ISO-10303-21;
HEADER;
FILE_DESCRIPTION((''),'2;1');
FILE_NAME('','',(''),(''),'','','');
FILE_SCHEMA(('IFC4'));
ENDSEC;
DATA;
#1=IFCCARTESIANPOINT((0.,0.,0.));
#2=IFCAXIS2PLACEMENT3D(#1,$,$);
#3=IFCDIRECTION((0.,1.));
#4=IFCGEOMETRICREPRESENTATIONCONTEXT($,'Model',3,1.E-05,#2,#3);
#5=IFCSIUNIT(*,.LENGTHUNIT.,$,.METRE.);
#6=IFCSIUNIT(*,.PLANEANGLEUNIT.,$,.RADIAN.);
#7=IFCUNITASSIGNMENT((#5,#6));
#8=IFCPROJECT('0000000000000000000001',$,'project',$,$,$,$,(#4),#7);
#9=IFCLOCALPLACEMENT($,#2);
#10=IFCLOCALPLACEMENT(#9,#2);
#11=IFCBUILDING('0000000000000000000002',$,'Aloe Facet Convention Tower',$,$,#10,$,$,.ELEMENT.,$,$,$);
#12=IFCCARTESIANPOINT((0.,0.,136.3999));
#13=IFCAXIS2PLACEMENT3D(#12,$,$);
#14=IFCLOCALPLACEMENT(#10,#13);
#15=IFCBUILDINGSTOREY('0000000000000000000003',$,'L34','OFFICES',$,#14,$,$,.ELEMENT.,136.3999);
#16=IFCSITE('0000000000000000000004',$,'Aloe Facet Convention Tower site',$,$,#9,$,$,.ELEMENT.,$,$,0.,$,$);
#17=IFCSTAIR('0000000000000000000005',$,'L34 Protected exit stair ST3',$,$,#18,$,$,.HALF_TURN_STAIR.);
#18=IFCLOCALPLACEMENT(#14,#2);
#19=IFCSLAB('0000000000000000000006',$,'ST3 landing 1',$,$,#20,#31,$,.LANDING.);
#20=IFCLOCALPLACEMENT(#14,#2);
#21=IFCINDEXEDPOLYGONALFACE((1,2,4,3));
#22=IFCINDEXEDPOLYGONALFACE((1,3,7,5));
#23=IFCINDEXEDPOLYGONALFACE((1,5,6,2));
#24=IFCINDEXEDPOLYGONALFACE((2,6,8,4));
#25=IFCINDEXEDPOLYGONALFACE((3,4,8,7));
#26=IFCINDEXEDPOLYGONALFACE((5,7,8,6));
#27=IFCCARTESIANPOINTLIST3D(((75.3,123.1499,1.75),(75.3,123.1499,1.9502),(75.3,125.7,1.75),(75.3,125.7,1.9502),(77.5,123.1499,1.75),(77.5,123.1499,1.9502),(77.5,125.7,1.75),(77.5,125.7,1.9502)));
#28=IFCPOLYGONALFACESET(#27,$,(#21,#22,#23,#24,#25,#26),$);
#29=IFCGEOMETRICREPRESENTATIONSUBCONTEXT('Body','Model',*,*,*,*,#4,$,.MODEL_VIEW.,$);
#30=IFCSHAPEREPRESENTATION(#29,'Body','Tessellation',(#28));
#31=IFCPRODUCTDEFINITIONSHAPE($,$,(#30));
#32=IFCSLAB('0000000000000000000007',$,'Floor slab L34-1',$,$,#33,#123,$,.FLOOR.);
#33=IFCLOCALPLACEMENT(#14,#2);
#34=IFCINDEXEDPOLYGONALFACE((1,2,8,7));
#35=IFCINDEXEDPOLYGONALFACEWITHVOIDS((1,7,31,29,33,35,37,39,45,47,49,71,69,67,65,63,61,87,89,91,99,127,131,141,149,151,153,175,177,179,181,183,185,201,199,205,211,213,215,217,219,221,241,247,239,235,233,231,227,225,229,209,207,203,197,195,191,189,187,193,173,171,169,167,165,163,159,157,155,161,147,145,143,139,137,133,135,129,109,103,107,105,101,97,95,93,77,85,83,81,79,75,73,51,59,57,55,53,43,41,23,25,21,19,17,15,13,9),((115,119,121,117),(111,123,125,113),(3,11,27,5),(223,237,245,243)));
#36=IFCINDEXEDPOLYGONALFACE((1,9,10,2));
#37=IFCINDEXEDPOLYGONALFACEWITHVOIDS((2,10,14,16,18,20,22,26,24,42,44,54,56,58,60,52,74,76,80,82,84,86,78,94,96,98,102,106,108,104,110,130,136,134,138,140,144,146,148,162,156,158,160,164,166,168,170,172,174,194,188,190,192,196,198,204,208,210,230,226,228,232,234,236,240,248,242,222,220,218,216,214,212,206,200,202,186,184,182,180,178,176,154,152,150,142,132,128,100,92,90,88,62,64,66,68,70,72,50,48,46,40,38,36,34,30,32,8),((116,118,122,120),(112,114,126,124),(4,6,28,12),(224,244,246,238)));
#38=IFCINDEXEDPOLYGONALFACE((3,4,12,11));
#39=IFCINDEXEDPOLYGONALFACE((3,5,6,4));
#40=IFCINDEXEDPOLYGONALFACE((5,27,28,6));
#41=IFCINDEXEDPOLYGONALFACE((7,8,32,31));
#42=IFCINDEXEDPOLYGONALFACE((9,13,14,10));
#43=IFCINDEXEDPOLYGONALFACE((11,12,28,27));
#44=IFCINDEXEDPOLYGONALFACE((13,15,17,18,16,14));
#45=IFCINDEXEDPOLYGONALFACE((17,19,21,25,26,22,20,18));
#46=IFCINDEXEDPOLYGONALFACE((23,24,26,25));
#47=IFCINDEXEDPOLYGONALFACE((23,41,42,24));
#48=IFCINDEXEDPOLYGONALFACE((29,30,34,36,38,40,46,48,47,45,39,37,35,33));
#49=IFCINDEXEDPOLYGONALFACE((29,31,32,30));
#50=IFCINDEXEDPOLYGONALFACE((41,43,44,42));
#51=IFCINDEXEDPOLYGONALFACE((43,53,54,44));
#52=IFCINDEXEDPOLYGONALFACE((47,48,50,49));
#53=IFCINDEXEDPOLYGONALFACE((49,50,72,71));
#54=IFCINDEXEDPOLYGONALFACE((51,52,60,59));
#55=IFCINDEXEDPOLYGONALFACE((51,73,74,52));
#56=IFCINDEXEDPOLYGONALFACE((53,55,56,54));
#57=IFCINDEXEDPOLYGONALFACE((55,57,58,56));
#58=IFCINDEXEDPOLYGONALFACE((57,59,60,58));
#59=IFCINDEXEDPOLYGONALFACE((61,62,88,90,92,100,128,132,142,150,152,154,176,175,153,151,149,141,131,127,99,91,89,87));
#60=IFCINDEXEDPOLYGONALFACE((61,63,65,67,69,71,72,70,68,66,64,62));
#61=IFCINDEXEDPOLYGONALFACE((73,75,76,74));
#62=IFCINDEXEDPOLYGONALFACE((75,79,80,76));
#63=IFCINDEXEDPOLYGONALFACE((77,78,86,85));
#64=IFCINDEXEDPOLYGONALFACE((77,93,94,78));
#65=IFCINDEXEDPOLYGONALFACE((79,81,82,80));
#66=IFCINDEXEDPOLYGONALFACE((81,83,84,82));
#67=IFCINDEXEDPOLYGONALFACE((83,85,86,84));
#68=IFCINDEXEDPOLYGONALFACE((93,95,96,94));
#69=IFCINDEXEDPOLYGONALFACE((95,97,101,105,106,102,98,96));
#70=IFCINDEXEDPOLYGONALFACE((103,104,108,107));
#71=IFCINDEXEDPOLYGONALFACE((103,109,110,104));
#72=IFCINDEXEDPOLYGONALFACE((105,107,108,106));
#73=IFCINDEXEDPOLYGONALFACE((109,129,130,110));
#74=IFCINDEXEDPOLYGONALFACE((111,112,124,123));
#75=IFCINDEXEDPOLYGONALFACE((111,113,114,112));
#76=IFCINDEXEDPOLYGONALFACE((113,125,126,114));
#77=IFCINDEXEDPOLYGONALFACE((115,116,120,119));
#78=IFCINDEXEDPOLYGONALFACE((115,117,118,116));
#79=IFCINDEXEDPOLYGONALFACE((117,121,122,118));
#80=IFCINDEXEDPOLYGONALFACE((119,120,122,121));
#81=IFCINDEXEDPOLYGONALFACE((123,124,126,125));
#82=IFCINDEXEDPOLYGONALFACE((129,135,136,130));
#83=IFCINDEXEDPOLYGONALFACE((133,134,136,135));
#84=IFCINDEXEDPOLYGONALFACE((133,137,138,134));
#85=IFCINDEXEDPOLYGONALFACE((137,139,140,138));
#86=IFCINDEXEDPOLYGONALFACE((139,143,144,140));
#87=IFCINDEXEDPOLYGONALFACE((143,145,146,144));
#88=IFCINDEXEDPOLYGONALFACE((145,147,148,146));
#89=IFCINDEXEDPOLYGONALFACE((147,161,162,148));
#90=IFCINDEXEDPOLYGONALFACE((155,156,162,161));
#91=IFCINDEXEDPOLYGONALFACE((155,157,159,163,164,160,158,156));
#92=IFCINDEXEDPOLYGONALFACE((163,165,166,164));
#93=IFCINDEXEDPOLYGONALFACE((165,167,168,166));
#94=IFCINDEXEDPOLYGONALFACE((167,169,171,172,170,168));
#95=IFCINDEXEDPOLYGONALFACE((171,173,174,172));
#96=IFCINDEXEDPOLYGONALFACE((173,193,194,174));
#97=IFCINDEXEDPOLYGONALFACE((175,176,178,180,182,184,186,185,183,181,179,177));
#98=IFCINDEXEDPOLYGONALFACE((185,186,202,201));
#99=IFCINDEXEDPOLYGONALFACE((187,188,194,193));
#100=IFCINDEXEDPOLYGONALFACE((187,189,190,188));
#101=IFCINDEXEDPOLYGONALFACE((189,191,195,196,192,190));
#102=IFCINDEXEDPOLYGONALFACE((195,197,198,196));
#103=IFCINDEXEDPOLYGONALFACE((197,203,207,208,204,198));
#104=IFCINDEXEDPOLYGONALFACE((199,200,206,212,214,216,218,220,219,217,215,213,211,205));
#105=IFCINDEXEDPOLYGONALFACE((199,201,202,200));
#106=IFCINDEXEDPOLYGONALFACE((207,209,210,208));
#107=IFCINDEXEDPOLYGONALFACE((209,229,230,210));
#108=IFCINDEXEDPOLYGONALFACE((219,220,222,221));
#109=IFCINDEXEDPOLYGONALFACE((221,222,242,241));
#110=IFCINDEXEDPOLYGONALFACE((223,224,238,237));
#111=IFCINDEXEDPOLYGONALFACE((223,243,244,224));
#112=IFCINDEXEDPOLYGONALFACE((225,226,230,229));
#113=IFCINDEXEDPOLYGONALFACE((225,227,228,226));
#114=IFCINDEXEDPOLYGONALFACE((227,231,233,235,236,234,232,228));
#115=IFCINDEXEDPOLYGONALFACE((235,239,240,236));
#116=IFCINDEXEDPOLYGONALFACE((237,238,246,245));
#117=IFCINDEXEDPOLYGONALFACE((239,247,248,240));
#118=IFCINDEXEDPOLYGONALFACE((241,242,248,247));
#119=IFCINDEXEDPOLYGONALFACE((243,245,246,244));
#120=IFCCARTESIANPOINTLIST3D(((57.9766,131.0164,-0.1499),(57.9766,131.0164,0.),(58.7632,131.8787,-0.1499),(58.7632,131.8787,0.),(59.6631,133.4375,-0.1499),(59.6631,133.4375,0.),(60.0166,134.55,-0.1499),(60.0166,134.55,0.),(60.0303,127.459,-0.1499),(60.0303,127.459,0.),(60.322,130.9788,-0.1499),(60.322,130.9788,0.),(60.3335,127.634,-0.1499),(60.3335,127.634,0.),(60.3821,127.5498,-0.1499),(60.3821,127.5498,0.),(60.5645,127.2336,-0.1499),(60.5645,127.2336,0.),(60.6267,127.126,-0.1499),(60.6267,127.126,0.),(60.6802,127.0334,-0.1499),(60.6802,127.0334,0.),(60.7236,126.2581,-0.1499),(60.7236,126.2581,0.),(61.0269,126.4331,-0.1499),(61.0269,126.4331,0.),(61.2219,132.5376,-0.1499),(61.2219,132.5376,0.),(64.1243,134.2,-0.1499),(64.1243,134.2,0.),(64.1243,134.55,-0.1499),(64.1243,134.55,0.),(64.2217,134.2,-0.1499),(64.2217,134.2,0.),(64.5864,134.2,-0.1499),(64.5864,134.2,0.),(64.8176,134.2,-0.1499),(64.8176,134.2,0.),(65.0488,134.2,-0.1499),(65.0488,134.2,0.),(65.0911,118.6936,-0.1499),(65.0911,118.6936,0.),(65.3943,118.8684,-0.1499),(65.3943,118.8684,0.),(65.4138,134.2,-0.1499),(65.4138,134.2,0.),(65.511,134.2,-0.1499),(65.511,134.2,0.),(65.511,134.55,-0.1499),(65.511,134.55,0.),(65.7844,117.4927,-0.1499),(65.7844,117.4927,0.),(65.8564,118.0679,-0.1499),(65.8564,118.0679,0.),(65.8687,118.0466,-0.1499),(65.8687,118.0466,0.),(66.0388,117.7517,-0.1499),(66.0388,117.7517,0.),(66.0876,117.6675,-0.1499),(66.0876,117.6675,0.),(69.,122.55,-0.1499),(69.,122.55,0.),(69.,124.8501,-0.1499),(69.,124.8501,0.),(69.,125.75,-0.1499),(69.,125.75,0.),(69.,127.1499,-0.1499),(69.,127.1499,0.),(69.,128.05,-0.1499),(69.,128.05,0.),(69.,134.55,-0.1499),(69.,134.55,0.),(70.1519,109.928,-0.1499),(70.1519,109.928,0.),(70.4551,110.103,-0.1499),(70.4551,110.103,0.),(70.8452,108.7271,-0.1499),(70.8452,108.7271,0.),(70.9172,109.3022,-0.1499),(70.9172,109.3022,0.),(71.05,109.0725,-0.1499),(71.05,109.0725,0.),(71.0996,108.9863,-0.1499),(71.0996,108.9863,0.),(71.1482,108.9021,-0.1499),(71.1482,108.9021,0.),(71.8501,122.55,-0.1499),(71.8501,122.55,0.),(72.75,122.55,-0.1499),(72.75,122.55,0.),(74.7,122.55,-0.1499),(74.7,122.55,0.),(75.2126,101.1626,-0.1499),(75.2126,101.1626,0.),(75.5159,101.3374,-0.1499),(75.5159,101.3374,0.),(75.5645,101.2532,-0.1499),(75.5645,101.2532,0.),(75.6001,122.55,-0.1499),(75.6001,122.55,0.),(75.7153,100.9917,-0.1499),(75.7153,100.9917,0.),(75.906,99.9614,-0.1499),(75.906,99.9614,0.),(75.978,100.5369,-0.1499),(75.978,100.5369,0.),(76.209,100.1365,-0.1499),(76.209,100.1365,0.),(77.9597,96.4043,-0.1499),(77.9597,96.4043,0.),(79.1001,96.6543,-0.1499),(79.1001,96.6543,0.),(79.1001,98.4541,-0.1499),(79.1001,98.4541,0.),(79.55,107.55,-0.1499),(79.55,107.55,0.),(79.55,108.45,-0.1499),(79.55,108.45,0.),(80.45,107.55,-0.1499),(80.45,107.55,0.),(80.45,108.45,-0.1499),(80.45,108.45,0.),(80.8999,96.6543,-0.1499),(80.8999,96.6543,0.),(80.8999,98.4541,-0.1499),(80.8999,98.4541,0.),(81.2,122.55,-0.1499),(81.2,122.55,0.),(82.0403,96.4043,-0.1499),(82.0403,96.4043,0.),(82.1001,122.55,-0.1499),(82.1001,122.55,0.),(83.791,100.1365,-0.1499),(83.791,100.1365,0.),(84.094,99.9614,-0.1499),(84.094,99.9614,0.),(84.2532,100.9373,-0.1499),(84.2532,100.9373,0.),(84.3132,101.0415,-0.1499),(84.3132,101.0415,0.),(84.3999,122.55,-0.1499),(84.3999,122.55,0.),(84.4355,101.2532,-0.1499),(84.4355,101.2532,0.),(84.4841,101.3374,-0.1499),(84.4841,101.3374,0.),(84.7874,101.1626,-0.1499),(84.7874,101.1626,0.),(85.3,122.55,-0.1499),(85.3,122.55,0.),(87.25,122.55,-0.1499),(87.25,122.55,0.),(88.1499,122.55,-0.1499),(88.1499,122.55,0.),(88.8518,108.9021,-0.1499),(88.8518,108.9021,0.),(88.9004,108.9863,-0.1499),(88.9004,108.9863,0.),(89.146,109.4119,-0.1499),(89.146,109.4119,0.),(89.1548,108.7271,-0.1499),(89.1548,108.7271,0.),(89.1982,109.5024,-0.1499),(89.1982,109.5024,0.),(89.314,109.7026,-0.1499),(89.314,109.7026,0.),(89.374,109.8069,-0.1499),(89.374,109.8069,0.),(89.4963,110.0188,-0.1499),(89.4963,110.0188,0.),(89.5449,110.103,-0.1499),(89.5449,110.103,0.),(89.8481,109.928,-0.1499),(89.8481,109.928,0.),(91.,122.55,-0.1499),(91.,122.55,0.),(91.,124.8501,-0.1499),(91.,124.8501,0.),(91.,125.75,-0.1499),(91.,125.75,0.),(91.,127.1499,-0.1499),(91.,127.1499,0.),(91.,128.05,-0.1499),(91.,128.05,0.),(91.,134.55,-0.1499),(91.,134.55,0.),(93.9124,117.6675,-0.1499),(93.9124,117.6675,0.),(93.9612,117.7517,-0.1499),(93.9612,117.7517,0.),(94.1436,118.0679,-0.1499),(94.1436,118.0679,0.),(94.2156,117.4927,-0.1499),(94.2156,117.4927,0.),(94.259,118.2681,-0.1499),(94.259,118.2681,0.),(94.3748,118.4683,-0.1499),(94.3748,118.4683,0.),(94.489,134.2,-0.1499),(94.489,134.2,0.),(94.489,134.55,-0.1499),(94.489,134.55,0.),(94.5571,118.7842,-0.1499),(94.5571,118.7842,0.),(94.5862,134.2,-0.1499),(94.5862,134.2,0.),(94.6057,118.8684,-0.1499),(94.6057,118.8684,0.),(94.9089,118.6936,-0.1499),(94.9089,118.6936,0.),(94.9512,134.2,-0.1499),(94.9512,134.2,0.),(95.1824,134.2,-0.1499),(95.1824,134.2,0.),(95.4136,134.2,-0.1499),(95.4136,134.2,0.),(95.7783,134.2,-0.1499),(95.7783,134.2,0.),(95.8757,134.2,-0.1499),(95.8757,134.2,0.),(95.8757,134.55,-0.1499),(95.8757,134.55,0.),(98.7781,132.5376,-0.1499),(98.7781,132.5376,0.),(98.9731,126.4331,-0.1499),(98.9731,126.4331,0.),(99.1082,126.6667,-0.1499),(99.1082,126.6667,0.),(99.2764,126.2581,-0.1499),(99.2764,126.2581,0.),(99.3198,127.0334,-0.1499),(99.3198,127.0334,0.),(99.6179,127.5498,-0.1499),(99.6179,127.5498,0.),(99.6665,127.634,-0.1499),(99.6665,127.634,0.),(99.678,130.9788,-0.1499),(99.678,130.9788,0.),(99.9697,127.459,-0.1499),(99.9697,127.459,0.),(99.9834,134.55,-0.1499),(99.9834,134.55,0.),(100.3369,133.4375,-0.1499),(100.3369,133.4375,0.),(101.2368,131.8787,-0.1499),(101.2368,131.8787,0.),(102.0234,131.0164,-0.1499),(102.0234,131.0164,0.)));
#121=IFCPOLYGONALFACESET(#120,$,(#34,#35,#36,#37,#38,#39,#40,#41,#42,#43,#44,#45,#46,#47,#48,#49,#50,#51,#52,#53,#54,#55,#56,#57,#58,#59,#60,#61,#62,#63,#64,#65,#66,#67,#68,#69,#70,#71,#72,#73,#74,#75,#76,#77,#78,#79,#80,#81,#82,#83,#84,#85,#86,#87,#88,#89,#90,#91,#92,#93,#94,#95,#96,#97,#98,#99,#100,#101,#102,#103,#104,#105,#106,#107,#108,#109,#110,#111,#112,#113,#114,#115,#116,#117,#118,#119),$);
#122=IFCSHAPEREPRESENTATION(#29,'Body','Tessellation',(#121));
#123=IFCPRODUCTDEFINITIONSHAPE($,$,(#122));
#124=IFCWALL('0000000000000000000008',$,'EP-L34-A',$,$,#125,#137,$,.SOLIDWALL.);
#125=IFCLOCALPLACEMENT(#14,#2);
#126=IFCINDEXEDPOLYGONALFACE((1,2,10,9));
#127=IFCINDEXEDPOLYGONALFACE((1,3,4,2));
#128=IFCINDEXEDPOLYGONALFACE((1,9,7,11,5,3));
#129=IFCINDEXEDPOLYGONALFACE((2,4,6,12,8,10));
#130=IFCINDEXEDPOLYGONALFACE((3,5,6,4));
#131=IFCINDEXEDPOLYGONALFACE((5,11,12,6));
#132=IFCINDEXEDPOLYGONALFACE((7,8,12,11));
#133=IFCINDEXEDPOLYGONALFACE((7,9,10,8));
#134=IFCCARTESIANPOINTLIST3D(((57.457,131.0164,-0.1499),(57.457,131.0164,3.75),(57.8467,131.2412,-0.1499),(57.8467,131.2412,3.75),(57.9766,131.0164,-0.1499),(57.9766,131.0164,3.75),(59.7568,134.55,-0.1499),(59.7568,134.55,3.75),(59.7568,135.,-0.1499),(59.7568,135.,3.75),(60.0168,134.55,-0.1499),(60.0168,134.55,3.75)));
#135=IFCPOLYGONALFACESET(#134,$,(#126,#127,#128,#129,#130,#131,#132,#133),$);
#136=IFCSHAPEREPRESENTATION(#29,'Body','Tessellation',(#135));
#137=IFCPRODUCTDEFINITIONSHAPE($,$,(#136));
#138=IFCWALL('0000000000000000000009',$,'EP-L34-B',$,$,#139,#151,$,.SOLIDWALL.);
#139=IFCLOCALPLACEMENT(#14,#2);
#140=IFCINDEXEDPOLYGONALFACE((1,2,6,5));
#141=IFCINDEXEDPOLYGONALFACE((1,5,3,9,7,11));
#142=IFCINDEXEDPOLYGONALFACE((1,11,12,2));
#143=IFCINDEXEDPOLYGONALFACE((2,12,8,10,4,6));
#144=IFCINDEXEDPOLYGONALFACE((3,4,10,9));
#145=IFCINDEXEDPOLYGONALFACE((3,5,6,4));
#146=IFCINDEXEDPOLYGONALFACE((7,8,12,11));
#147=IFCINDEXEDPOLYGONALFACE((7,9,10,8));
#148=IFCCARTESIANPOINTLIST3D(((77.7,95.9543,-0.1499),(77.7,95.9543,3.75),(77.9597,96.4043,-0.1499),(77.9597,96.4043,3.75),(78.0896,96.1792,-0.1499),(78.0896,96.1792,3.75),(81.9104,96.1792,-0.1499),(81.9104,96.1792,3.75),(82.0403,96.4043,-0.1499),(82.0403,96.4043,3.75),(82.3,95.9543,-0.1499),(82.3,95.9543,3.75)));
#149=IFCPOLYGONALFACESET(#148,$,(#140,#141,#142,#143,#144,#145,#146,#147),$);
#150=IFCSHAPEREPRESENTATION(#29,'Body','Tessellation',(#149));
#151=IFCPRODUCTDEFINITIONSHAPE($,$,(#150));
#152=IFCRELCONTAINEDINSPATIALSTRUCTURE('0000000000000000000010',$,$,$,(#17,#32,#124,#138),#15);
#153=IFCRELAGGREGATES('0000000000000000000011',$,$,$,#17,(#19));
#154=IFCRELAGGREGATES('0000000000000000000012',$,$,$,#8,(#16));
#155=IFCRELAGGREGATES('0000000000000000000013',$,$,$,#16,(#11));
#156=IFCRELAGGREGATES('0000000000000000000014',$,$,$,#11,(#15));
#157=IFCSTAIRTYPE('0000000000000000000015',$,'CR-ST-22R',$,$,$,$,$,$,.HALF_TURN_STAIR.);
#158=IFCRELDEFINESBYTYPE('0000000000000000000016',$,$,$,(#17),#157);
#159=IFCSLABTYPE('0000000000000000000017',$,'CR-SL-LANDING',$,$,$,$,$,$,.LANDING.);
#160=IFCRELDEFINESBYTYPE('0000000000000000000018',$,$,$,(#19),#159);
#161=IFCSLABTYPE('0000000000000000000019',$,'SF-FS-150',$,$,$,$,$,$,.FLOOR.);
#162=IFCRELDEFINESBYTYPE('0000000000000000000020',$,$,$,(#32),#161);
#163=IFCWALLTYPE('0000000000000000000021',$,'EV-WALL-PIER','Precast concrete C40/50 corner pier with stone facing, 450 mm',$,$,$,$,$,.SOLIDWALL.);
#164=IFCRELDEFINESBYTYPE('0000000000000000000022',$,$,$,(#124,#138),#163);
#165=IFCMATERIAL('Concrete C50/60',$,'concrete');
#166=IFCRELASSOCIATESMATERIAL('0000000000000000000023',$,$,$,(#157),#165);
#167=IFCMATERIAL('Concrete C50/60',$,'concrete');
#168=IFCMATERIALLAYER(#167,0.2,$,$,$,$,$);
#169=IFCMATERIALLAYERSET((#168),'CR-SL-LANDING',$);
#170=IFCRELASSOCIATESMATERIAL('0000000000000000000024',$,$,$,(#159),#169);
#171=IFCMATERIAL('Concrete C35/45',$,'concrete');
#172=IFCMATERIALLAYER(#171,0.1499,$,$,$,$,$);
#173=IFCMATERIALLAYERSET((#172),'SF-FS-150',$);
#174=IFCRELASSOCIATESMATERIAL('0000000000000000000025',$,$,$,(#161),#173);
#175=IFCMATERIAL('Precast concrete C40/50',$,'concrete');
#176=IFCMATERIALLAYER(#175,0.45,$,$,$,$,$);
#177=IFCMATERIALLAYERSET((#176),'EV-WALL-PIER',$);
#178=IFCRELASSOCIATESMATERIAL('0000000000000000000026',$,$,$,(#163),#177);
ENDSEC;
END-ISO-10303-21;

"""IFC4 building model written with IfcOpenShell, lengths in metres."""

from ifc_helpers import new_model, si_unit, direction, frame, origin, place, context, subcontext, project, spatial, polyline, outline, extrude, material, layer, layer_set, type_object, element, aggregate, save


model = new_model("IFC4")

# Units and contexts
model_context = context("Model", 3, precision=1e-05, world=origin(), true_north=direction((0.0, 1.0)))
body_context = subcontext(model_context, "Body", "Model", "MODEL_VIEW")
ifc_project = project(units=[si_unit("LENGTHUNIT", "METRE"), si_unit("PLANEANGLEUNIT", "RADIAN")], contexts=[model_context])

# Site, building, storey
site_placement = place(None, origin())
site = spatial("IfcSite", under=ifc_project, at=site_placement, Name="Aloe Facet Convention Tower site", CompositionType="ELEMENT", RefElevation=0.0)
building_placement = place(site_placement, origin())
building = spatial("IfcBuilding", under=site, at=building_placement, Name="Aloe Facet Convention Tower", CompositionType="ELEMENT")
storey_placement = place(building_placement, frame((0.0, 0.0, 136.3999)))
storey = spatial("IfcBuildingStorey", under=building, at=storey_placement, Name="L34", Description="OFFICES", CompositionType="ELEMENT", Elevation=136.3999)

# Stair, slab
ifc_material_1 = material(Name="Concrete C50/60", Category="concrete")
stair_type = type_object("IfcStairType", Name="CR-ST-22R", PredefinedType="HALF_TURN_STAIR", material=ifc_material_1)
ifc_material_2 = material(Name="Concrete C50/60", Category="concrete")
ifc_layer_1 = layer(ifc_material_2, 0.2)
ifc_layer_set_1 = layer_set([ifc_layer_1], Name="CR-SL-LANDING")
slab_type_1 = type_object("IfcSlabType", Name="CR-SL-LANDING", PredefinedType="LANDING", material=ifc_layer_set_1)
stair_1_placement = place(storey_placement, origin())
stair_1 = element("IfcStair", 1, at=stair_1_placement, inside=storey, type_object=stair_type, Name="L34 Protected exit stair ST3", PredefinedType="HALF_TURN_STAIR")
slab_1_placement = place(storey_placement, frame((0.0, 0.0, 1.75)))
slab_1 = element("IfcSlab", 2, at=slab_1_placement, type_object=slab_type_1, Name="ST3 landing 1", PredefinedType="LANDING", context=body_context, shape_type="SweptSolid", body=[
    extrude(outline(polyline([(77.5, 125.7), (75.3, 125.7), (75.3, 123.1499), (77.5, 123.1499), (77.5, 125.7)])), origin(), (0.0, 0.0, 1.0), 0.2002),
])
aggregate(stair_1, [slab_1])

# Slab
ifc_material_3 = material(Name="Concrete C35/45", Category="concrete")
ifc_layer_2 = layer(ifc_material_3, 0.1499)
ifc_layer_set_2 = layer_set([ifc_layer_2], Name="SF-FS-150")
slab_type_2 = type_object("IfcSlabType", Name="SF-FS-150", PredefinedType="FLOOR", material=ifc_layer_set_2)
slab_2_placement = place(storey_placement, frame((0.0, 0.0, -0.1499)))
element("IfcSlab", 3, at=slab_2_placement, inside=storey, type_object=slab_type_2, Name="Floor slab L34-1", PredefinedType="FLOOR", context=body_context, shape_type="SweptSolid", body=[
    extrude(outline(polyline([(102.0234, 131.0164), (99.9697, 127.459), (99.6665, 127.634), (99.6179, 127.5498), (99.3198, 127.0334), (99.1082, 126.6667), (98.9731, 126.4331), (99.2764, 126.2581), (94.9089, 118.6936), (94.6057, 118.8684), (94.5571, 118.7842), (94.3748, 118.4683), (94.259, 118.2681), (94.1436, 118.0679), (93.9612, 117.7517), (93.9124, 117.6675), (94.2156, 117.4927), (89.8481, 109.928), (89.5449, 110.103), (89.4963, 110.0188), (89.374, 109.8069), (89.314, 109.7026), (89.1982, 109.5024), (89.146, 109.4119), (88.9004, 108.9863), (88.8518, 108.9021), (89.1548, 108.7271), (84.7874, 101.1626), (84.4841, 101.3374), (84.4355, 101.2532), (84.3132, 101.0415), (84.2532, 100.9373), (83.791, 100.1365), (84.094, 99.9614), (82.0403, 96.4043), (77.9597, 96.4043), (75.906, 99.9614), (76.209, 100.1365), (75.978, 100.5369), (75.7153, 100.9917), (75.5645, 101.2532), (75.5159, 101.3374), (75.2126, 101.1626), (70.8452, 108.7271), (71.1482, 108.9021), (71.0996, 108.9863), (71.05, 109.0725), (70.9172, 109.3022), (70.4551, 110.103), (70.1519, 109.928), (65.7844, 117.4927), (66.0876, 117.6675), (66.0388, 117.7517), (65.8687, 118.0466), (65.8564, 118.0679), (65.8564, 118.0679), (65.3943, 118.8684), (65.0911, 118.6936), (60.7236, 126.2581), (61.0269, 126.4331), (60.6802, 127.0334), (60.6267, 127.126), (60.5645, 127.2336), (60.3821, 127.5498), (60.3335, 127.634), (60.0303, 127.459), (57.9766, 131.0164), (60.0166, 134.55), (64.1243, 134.55), (64.1243, 134.2), (64.2217, 134.2), (64.5864, 134.2), (64.8176, 134.2), (65.0488, 134.2), (65.4138, 134.2), (65.511, 134.2), (65.511, 134.55), (69.0, 134.55), (69.0, 128.05), (69.0, 127.1499), (69.0, 125.75), (69.0, 124.8501), (69.0, 122.55), (71.8501, 122.55), (72.75, 122.55), (74.7, 122.55), (75.6001, 122.55), (81.2, 122.55), (82.1001, 122.55), (84.3999, 122.55), (85.3, 122.55), (87.25, 122.55), (88.1499, 122.55), (91.0, 122.55), (91.0, 124.8501), (91.0, 125.75), (91.0, 127.1499), (91.0, 128.05), (91.0, 134.55), (94.489, 134.55), (94.489, 134.2), (94.5862, 134.2), (94.9512, 134.2), (95.1824, 134.2), (95.4136, 134.2), (95.7783, 134.2), (95.8757, 134.2), (95.8757, 134.55), (99.9834, 134.55), (102.0234, 131.0164)]), holes=[polyline([(61.2219, 132.5376), (59.6631, 133.4375), (58.7632, 131.8787), (60.322, 130.9788), (61.2219, 132.5376)]), polyline([(79.1001, 98.4541), (79.1001, 96.6543), (80.8999, 96.6543), (80.8999, 98.4541), (79.1001, 98.4541)]), polyline([(79.55, 107.55), (80.45, 107.55), (80.45, 108.45), (79.55, 108.45), (79.55, 107.55)]), polyline([(99.678, 130.9788), (101.2368, 131.8787), (100.3369, 133.4375), (98.7781, 132.5376), (99.678, 130.9788)])]), origin(), (0.0, 0.0, 1.0), 0.1499),
])

# Walls
ifc_material_4 = material(Name="Precast concrete C40/50", Category="concrete")
ifc_layer_3 = layer(ifc_material_4, 0.45)
ifc_layer_set_3 = layer_set([ifc_layer_3], Name="EV-WALL-PIER")
wall_type_1 = type_object("IfcWallType", Name="EV-WALL-PIER", Description="Precast concrete C40/50 corner pier with stone facing, 450 mm", PredefinedType="SOLIDWALL", material=ifc_layer_set_3)
wall_1_placement = place(storey_placement, frame((0.0, 0.0, -0.1499)))
element("IfcWall", 4, at=wall_1_placement, inside=storey, type_object=wall_type_1, Name="EP-L34-A", PredefinedType="SOLIDWALL", context=body_context, shape_type="SweptSolid", body=[
    extrude(outline(polyline([(59.7568, 135.0), (59.7568, 134.55), (60.0168, 134.55), (57.9766, 131.0164), (57.8467, 131.2412), (57.457, 131.0164), (59.7568, 135.0)])), origin(), (0.0, 0.0, 1.0), 3.8999),
])
wall_2_placement = place(storey_placement, frame((0.0, 0.0, -0.1499)))
element("IfcWall", 5, at=wall_2_placement, inside=storey, type_object=wall_type_1, Name="EP-L34-B", PredefinedType="SOLIDWALL", context=body_context, shape_type="SweptSolid", body=[
    extrude(outline(polyline([(77.7, 95.9543), (78.0896, 96.1792), (77.9597, 96.4043), (82.0403, 96.4043), (81.9104, 96.1792), (82.3, 95.9543), (77.7, 95.9543)])), origin(), (0.0, 0.0, 1.0), 3.8999),
])

save(model, "model.ifc")
